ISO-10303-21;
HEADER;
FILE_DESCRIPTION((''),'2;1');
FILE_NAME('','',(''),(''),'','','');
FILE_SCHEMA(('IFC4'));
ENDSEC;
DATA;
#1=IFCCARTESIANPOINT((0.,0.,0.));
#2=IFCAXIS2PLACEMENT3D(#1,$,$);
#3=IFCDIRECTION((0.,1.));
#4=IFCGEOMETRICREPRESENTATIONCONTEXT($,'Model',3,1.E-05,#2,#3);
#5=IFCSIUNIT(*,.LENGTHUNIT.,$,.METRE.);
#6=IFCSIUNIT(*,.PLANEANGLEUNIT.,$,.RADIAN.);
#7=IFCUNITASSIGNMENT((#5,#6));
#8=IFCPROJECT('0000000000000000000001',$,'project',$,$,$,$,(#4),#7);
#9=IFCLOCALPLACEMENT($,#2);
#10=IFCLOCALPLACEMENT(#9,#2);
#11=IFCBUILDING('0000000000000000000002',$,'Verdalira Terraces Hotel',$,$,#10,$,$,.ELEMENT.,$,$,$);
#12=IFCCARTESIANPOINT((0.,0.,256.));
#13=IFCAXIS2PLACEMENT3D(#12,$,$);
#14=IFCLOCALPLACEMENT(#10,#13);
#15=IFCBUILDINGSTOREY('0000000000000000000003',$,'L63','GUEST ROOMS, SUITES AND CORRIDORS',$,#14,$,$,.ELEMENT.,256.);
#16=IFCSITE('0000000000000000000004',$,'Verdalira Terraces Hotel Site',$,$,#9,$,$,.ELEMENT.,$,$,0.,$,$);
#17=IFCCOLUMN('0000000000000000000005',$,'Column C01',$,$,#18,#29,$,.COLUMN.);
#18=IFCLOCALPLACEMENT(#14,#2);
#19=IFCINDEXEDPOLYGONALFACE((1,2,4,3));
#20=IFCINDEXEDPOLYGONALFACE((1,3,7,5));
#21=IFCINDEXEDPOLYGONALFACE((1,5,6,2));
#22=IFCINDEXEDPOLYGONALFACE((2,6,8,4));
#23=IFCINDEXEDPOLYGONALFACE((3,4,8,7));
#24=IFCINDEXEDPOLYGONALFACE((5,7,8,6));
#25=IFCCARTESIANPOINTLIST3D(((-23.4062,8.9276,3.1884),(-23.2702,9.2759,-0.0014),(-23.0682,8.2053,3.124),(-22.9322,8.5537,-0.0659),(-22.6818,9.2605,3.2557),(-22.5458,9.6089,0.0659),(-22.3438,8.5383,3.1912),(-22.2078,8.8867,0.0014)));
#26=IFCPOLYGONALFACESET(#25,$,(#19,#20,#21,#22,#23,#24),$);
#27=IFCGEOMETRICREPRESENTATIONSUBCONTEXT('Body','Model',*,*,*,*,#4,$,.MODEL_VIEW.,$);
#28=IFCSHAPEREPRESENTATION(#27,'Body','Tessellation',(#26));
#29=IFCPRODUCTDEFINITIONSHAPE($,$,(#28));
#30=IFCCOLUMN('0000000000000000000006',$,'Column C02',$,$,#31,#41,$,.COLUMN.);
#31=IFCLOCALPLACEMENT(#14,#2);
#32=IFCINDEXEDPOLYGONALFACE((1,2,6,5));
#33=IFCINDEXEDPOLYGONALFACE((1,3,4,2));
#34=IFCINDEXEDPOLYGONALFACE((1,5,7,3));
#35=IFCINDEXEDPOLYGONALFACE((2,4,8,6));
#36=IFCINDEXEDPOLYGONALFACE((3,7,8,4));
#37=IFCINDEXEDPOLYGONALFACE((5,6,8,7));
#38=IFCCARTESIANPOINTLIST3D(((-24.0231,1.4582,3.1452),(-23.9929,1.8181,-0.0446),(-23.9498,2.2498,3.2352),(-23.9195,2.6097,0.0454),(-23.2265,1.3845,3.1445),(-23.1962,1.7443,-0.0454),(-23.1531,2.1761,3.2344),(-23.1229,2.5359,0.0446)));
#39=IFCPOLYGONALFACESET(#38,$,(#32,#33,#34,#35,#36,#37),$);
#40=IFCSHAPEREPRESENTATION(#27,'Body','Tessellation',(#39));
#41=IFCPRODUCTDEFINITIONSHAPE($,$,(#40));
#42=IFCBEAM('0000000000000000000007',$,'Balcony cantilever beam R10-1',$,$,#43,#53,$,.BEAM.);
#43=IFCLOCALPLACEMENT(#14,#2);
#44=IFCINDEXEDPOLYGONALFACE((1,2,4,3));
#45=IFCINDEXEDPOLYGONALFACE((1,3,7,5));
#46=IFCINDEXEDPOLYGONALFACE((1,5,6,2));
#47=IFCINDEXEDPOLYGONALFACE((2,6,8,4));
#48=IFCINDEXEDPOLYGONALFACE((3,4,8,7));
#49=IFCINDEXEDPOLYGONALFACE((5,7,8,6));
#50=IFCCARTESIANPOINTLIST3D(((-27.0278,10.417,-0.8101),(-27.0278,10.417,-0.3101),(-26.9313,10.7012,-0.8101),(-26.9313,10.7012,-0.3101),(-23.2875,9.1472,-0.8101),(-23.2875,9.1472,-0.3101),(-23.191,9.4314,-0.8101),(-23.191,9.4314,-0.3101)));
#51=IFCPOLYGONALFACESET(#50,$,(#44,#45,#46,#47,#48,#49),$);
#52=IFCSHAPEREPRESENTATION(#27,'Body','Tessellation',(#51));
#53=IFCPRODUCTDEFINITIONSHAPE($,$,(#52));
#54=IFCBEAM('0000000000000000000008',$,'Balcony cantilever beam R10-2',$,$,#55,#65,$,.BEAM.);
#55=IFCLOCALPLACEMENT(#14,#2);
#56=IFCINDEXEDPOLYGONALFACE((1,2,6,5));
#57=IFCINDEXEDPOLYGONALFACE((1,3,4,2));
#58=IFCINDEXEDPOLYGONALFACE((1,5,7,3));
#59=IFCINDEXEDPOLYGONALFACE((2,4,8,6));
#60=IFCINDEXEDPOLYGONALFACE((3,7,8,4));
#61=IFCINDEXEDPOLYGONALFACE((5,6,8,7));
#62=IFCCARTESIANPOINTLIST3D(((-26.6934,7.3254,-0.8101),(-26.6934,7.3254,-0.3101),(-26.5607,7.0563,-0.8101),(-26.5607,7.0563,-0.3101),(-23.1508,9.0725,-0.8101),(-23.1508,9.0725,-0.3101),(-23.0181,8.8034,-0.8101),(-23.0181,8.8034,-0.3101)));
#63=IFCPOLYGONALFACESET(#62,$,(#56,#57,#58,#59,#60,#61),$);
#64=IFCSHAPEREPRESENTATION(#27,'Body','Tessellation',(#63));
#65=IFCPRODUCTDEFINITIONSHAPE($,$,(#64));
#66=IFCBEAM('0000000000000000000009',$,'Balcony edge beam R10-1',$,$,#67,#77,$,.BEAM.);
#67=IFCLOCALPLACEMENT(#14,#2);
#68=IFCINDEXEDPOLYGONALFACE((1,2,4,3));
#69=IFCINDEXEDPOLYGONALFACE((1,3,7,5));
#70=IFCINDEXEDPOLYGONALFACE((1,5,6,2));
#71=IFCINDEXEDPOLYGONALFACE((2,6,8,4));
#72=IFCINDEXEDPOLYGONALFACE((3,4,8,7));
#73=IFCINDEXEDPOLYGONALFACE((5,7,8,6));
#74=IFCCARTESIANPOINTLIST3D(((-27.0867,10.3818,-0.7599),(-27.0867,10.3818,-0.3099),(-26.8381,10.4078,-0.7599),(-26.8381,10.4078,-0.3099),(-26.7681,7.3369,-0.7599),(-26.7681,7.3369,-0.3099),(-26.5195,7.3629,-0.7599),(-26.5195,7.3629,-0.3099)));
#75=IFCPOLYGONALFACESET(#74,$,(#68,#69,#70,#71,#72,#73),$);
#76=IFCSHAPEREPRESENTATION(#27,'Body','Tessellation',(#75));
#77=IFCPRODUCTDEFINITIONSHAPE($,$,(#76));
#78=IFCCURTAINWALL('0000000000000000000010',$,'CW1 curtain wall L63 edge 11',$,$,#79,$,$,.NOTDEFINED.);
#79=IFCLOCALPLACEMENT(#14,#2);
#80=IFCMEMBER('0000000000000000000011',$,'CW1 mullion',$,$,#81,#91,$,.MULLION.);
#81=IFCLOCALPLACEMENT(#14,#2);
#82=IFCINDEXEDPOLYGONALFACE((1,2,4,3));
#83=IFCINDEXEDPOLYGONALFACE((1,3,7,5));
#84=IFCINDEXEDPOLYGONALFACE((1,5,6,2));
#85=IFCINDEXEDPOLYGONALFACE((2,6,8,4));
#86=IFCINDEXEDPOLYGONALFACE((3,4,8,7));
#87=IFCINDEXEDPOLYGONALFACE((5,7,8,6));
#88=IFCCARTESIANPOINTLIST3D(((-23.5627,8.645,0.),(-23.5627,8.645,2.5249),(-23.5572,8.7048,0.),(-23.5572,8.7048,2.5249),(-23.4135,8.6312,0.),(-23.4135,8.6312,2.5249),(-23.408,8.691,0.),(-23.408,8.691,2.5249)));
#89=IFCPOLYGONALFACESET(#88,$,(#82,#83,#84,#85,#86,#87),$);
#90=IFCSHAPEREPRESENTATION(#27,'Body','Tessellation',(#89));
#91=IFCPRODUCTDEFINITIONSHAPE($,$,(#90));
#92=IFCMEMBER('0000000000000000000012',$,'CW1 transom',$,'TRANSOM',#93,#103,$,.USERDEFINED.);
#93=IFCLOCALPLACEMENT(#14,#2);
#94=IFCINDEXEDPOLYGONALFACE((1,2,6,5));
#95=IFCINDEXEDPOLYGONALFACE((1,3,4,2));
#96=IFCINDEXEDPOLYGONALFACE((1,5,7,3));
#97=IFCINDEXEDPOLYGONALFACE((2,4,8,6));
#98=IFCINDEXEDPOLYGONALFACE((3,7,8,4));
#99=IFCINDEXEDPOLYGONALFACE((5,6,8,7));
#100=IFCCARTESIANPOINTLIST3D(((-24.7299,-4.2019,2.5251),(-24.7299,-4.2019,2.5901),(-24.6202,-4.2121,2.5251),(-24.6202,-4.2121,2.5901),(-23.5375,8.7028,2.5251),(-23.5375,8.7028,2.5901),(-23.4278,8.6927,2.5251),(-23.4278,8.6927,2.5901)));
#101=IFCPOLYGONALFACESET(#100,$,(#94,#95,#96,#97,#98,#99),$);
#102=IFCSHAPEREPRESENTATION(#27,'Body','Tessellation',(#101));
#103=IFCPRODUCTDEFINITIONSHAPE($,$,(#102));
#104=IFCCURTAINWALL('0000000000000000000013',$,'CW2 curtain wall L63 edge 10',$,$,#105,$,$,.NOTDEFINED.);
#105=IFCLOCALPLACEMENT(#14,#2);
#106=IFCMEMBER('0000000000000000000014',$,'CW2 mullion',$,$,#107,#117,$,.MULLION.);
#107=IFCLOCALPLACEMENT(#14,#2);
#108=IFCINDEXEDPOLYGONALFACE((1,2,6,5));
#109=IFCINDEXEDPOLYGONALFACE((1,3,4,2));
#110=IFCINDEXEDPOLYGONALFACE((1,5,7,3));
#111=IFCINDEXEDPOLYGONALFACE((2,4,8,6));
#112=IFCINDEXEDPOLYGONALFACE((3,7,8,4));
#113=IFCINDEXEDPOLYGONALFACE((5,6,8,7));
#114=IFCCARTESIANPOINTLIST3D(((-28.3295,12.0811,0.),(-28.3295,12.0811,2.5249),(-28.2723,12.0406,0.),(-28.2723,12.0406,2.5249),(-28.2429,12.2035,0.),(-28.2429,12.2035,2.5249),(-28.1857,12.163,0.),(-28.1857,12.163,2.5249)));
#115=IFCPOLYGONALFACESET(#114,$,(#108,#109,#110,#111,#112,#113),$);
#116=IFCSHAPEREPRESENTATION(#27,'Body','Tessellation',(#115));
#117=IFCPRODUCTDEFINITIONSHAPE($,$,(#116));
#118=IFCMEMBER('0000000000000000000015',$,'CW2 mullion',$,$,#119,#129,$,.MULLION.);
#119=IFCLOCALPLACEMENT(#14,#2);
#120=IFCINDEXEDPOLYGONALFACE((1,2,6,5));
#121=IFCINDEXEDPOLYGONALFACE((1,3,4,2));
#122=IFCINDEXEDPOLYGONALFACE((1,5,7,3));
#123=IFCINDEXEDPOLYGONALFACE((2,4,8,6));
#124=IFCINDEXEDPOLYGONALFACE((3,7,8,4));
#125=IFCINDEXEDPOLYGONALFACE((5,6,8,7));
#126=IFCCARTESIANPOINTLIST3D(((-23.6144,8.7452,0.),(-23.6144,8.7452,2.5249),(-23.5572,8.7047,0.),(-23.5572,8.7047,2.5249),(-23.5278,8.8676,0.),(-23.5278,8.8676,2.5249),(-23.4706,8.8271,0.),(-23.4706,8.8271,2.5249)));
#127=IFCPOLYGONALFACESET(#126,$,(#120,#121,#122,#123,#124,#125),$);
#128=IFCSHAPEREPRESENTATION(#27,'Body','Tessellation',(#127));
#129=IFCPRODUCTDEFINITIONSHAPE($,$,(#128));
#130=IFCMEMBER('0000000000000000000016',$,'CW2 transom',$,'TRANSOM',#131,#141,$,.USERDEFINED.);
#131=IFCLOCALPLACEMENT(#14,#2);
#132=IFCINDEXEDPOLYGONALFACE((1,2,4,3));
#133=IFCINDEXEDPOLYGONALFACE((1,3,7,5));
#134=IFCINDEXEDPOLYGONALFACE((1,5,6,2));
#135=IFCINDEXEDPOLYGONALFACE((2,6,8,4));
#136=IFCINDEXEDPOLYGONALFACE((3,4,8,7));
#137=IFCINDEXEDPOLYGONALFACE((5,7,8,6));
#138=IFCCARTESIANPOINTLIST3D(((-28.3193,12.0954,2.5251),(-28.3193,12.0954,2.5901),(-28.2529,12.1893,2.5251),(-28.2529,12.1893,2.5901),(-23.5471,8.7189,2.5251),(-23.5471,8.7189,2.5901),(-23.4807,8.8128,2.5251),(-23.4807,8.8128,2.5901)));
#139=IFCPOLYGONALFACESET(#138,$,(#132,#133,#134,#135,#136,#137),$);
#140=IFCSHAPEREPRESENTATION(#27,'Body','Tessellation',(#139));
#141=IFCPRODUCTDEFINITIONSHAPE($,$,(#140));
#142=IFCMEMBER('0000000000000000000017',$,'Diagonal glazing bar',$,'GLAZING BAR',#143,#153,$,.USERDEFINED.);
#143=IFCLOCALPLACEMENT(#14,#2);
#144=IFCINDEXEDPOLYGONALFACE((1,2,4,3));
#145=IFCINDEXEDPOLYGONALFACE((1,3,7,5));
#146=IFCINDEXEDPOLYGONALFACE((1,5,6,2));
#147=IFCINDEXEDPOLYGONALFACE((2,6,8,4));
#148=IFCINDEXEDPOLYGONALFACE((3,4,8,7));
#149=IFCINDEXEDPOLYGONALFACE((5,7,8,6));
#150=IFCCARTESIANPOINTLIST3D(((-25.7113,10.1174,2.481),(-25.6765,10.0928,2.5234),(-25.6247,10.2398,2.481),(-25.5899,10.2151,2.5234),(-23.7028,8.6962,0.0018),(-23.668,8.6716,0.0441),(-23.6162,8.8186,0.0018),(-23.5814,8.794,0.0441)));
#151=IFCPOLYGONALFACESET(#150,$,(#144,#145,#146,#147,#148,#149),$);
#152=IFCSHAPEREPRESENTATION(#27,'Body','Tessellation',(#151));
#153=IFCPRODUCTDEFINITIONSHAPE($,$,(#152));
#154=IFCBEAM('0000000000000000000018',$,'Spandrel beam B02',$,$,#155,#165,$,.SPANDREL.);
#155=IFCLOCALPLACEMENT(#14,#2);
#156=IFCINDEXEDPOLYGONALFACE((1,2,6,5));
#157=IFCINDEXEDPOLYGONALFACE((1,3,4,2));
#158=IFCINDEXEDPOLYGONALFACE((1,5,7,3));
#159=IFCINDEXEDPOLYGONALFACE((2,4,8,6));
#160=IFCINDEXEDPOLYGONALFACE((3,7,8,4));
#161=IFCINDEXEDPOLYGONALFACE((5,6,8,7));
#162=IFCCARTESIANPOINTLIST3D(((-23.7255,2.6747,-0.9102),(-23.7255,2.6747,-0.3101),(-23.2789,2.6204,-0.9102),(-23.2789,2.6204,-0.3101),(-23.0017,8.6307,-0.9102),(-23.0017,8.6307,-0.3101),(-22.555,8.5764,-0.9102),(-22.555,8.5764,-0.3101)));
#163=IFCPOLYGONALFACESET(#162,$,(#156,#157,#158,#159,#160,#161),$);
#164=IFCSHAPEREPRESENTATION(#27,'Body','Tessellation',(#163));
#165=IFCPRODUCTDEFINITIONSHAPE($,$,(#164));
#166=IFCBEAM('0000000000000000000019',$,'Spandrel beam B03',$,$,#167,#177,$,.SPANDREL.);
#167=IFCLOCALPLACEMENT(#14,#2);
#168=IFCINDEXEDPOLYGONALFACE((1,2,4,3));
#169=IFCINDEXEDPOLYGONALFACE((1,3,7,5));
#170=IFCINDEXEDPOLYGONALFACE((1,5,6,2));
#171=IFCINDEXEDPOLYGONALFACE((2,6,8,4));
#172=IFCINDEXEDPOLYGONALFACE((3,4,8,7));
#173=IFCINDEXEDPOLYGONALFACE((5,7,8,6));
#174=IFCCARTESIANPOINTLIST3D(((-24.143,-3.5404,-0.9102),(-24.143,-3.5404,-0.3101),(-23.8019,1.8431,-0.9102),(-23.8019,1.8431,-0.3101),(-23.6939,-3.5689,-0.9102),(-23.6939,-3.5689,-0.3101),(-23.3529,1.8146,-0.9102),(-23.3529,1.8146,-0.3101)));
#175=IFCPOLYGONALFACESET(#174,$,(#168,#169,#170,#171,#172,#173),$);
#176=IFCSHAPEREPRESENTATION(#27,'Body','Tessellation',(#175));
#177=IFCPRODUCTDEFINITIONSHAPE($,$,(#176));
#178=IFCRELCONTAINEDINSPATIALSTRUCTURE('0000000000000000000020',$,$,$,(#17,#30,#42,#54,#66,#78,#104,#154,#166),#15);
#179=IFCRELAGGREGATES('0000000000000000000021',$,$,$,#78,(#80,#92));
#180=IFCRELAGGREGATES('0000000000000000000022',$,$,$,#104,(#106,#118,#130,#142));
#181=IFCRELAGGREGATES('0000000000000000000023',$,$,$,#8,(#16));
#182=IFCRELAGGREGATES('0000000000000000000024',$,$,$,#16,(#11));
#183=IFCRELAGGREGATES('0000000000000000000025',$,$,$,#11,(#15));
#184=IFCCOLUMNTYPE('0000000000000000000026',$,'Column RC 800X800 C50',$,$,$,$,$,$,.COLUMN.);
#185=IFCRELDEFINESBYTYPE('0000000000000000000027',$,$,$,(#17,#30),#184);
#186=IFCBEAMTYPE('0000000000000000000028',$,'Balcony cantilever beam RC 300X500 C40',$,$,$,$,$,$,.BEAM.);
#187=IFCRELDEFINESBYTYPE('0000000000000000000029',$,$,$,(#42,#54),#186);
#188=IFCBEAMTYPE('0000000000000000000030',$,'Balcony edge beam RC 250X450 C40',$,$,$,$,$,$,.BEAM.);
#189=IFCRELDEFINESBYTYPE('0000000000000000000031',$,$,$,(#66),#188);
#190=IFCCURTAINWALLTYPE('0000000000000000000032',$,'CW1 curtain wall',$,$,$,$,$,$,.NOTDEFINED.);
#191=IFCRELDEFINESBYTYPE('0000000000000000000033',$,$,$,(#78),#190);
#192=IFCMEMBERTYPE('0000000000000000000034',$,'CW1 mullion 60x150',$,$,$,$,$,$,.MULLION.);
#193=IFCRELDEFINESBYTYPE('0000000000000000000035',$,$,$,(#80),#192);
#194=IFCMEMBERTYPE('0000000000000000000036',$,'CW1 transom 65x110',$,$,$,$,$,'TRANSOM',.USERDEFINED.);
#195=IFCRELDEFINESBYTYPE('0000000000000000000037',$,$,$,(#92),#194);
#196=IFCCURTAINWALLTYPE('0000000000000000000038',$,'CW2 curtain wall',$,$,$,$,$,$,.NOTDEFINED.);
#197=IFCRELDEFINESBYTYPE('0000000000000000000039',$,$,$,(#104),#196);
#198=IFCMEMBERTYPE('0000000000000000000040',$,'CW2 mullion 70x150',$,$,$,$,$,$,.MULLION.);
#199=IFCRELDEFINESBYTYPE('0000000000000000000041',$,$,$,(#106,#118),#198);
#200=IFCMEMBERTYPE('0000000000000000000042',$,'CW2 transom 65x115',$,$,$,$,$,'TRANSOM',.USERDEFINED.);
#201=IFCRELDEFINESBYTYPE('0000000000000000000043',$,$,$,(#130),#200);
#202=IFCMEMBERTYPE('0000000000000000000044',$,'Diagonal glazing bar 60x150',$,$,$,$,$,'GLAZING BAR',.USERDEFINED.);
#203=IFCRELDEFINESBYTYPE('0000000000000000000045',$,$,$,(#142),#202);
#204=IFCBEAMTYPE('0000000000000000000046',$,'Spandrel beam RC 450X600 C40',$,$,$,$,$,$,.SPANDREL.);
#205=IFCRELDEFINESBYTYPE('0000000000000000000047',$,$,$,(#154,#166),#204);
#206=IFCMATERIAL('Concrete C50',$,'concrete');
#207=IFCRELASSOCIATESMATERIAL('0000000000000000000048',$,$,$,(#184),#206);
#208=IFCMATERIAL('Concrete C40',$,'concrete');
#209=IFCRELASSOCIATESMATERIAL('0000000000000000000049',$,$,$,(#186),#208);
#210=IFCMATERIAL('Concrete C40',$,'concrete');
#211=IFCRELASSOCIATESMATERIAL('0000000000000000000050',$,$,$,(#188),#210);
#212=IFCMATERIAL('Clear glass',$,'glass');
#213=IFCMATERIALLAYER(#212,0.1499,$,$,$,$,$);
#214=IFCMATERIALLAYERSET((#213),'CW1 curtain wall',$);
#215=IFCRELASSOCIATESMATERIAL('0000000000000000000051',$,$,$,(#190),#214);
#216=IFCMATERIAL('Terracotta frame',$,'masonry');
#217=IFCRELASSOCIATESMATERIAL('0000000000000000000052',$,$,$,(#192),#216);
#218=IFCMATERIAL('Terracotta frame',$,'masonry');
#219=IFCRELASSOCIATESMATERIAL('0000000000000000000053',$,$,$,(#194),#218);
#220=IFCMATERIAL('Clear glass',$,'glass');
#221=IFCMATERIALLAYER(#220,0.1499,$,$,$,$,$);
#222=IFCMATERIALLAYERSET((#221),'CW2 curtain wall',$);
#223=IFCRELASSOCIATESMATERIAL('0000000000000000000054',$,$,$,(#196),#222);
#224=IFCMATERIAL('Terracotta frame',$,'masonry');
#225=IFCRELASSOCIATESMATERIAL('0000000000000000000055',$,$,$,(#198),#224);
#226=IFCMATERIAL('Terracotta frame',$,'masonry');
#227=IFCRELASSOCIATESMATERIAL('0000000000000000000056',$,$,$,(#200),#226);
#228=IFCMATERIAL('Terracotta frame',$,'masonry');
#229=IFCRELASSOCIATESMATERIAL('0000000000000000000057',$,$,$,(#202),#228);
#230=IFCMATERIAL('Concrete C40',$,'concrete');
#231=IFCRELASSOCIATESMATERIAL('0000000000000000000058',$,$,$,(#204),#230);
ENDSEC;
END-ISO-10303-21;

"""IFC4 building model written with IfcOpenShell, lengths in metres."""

from ifc_helpers import new_model, si_unit, direction, frame, origin, origin_2d, place, context, subcontext, project, spatial, rectangle, extrude, material, layer, layer_set, material_profile, profile_set, type_object, element, aggregate, save


model = new_model("IFC4")

# Units and contexts
model_context = context("Model", 3, precision=1e-05, world=origin(), true_north=direction((0.0, 1.0)))
body_context = subcontext(model_context, "Body", "Model", "MODEL_VIEW")
ifc_project = project(units=[si_unit("LENGTHUNIT", "METRE"), si_unit("PLANEANGLEUNIT", "RADIAN")], contexts=[model_context])

# Site, building, storey
site_placement = place(None, origin())
site = spatial("IfcSite", under=ifc_project, at=site_placement, Name="Verdalira Terraces Hotel Site", CompositionType="ELEMENT", RefElevation=0.0)
building_placement = place(site_placement, origin())
building = spatial("IfcBuilding", under=site, at=building_placement, Name="Verdalira Terraces Hotel", CompositionType="ELEMENT")
storey_placement = place(building_placement, frame((0.0, 0.0, 256.0)))
storey = spatial("IfcBuildingStorey", under=building, at=storey_placement, Name="L63", Description="GUEST ROOMS, SUITES AND CORRIDORS", CompositionType="ELEMENT", Elevation=256.0)

# Columns
ifc_material_1 = material(Name="Concrete C50", Category="concrete")
ifc_material_profile_1 = material_profile(ifc_material_1, rectangle(XDim=0.8, YDim=0.8, at=origin_2d()), Name="RC 800X800")
ifc_profile_set_1 = profile_set([ifc_material_profile_1], Name="Concrete C50")
column_type = type_object("IfcColumnType", Name="Column RC 800X800 C50", PredefinedType="COLUMN", material=ifc_profile_set_1)
column_1_placement = place(storey_placement, frame((-22.739, 9.0813, 0.0), z_axis=(-0.04234, -0.108472, 0.993197), x_axis=(-0.422487, 0.902779, 0.080586)))
element("IfcColumn", 1, at=column_1_placement, inside=storey, type_object=column_type, Name="Column C01", PredefinedType="COLUMN", context=body_context, shape_type="SweptSolid", body=[
    extrude(rectangle(XDim=0.8, YDim=0.8, at=origin_2d()), origin(), (0.0, 0.0, 1.0), 3.2117),
])
column_2_placement = place(storey_placement, frame((-23.5579, 2.177, 0.0), z_axis=(-0.00943, -0.112096, 0.993653), x_axis=(-0.091696, -0.989413, -0.112488)))
element("IfcColumn", 2, at=column_2_placement, inside=storey, type_object=column_type, Name="Column C02", PredefinedType="COLUMN", context=body_context, shape_type="SweptSolid", body=[
    extrude(rectangle(XDim=0.8, YDim=0.8, at=origin_2d()), origin(), (0.0, 0.0, 1.0), 3.2102),
])

# Beams
ifc_material_2 = material(Name="Concrete C40", Category="concrete")
ifc_material_profile_2 = material_profile(ifc_material_2, rectangle(XDim=0.3, YDim=0.5, at=origin_2d()), Name="RC 300X500")
ifc_profile_set_2 = profile_set([ifc_material_profile_2], Name="Concrete C40")
beam_type_1 = type_object("IfcBeamType", Name="Balcony cantilever beam RC 300X500 C40", PredefinedType="BEAM", material=ifc_profile_set_2)
for number, where, z_axis, x_axis, name in (
    (3, (-23.2393, 9.2893, -0.5601), (-0.94692, 0.321471, 0.0), (-0.321471, -0.94692, 0.0), "Balcony cantilever beam R10-1"),
    (4, (-23.0845, 8.938, -0.5601), (-0.896861, -0.442312, 0.0), (0.442312, -0.896861, 0.0), "Balcony cantilever beam R10-2"),
):
    element("IfcBeam", number, at=place(storey_placement, frame(where, z_axis=z_axis, x_axis=x_axis)), inside=storey, type_object=beam_type_1, Name=name, PredefinedType="BEAM", context=body_context, shape_type="SweptSolid", body=[
        extrude(rectangle(XDim=0.3, YDim=0.5, at=origin_2d()), origin(), (0.0, 0.0, 1.0), 3.95),
    ])
ifc_material_3 = material(Name="Concrete C40", Category="concrete")
ifc_material_profile_3 = material_profile(ifc_material_3, rectangle(XDim=0.25, YDim=0.45, at=origin_2d()), Name="RC 250X450")
ifc_profile_set_3 = profile_set([ifc_material_profile_3], Name="Concrete C40")
beam_type_2 = type_object("IfcBeamType", Name="Balcony edge beam RC 250X450 C40", PredefinedType="BEAM", material=ifc_profile_set_3)
beam_1_placement = place(storey_placement, frame((-26.9624, 10.3948, -0.5349), z_axis=(0.104066, -0.99457, 0.0), x_axis=(0.99457, 0.104066, 0.0)))
element("IfcBeam", 5, at=beam_1_placement, inside=storey, type_object=beam_type_2, Name="Balcony edge beam R10-1", PredefinedType="BEAM", context=body_context, shape_type="SweptSolid", body=[
    extrude(rectangle(XDim=0.25, YDim=0.45, at=origin_2d()), origin(), (0.0, 0.0, 1.0), 3.0615),
])

# Curtain walls, members
ifc_material_4 = material(Name="Clear glass", Category="glass")
ifc_layer_1 = layer(ifc_material_4, 0.1499)
ifc_layer_set_1 = layer_set([ifc_layer_1], Name="CW1 curtain wall")
curtain_wall_type_1 = type_object("IfcCurtainWallType", Name="CW1 curtain wall", PredefinedType="NOTDEFINED", material=ifc_layer_set_1)
curtain_wall_1_placement = place(storey_placement, origin())
curtain_wall_1 = element("IfcCurtainWall", 6, at=curtain_wall_1_placement, inside=storey, type_object=curtain_wall_type_1, Name="CW1 curtain wall L63 edge 11", PredefinedType="NOTDEFINED")
ifc_material_5 = material(Name="Terracotta frame", Category="masonry")
ifc_material_profile_4 = material_profile(ifc_material_5, rectangle(XDim=0.0601, YDim=0.1499, at=origin_2d()), Name="MU 60x150")
ifc_profile_set_4 = profile_set([ifc_material_profile_4], Name="Terracotta frame")
member_type_1 = type_object("IfcMemberType", Name="CW1 mullion 60x150", PredefinedType="MULLION", material=ifc_profile_set_4)
member_1_placement = place(storey_placement, frame((-23.4854, 8.668, 0.0), z_axis=(0.0, 0.0, 1.0), x_axis=(-0.092023, -0.995757, 0.0)))
member_1 = element("IfcMember", 7, at=member_1_placement, type_object=member_type_1, Name="CW1 mullion", PredefinedType="MULLION", context=body_context, shape_type="SweptSolid", body=[
    extrude(rectangle(XDim=0.0601, YDim=0.1499, at=origin_2d()), origin(), (0.0, 0.0, 1.0), 2.5249),
])
ifc_material_6 = material(Name="Terracotta frame", Category="masonry")
ifc_material_profile_5 = material_profile(ifc_material_6, rectangle(XDim=0.1101, YDim=0.0649, at=origin_2d()), Name="TR 65x110")
ifc_profile_set_5 = profile_set([ifc_material_profile_5], Name="Terracotta frame")
member_type_2 = type_object("IfcMemberType", Name="CW1 transom 65x110", ElementType="TRANSOM", PredefinedType="USERDEFINED", material=ifc_profile_set_5)
member_2_placement = place(storey_placement, frame((-23.4827, 8.6978, 2.5576), z_axis=(-0.092007, -0.995758, 0.0), x_axis=(0.995758, -0.092007, 0.0)))
member_2 = element("IfcMember", 8, at=member_2_placement, type_object=member_type_2, Name="CW1 transom", ObjectType="TRANSOM", PredefinedType="USERDEFINED", context=body_context, shape_type="SweptSolid", body=[
    extrude(rectangle(XDim=0.1101, YDim=0.0649, at=origin_2d()), origin(), (0.0, 0.0, 1.0), 12.9597),
])
ifc_material_7 = material(Name="Clear glass", Category="glass")
ifc_layer_2 = layer(ifc_material_7, 0.1499)
ifc_layer_set_2 = layer_set([ifc_layer_2], Name="CW2 curtain wall")
curtain_wall_type_2 = type_object("IfcCurtainWallType", Name="CW2 curtain wall", PredefinedType="NOTDEFINED", material=ifc_layer_set_2)
curtain_wall_2_placement = place(storey_placement, origin())
curtain_wall_2 = element("IfcCurtainWall", 9, at=curtain_wall_2_placement, inside=storey, type_object=curtain_wall_type_2, Name="CW2 curtain wall L63 edge 10", PredefinedType="NOTDEFINED")
ifc_material_8 = material(Name="Terracotta frame", Category="masonry")
ifc_material_profile_6 = material_profile(ifc_material_8, rectangle(XDim=0.0701, YDim=0.1499, at=origin_2d()), Name="MU 70x150")
ifc_profile_set_6 = profile_set([ifc_material_profile_6], Name="Terracotta frame")
member_type_3 = type_object("IfcMemberType", Name="CW2 mullion 70x150", PredefinedType="MULLION", material=ifc_profile_set_6)
member_3_placement = place(storey_placement, frame((-28.2576, 12.1221, 0.0), z_axis=(0.0, 0.0, 1.0), x_axis=(0.816339, -0.577573, 0.0)))
member_3 = element("IfcMember", 10, at=member_3_placement, type_object=member_type_3, Name="CW2 mullion", PredefinedType="MULLION", context=body_context, shape_type="SweptSolid", body=[
    extrude(rectangle(XDim=0.0701, YDim=0.1499, at=origin_2d()), origin(), (0.0, 0.0, 1.0), 2.5249),
])
member_4_placement = place(storey_placement, frame((-23.5425, 8.7861, 0.0), z_axis=(0.0, 0.0, 1.0), x_axis=(0.816339, -0.577573, 0.0)))
member_4 = element("IfcMember", 11, at=member_4_placement, type_object=member_type_3, Name="CW2 mullion", PredefinedType="MULLION", context=body_context, shape_type="SweptSolid", body=[
    extrude(rectangle(XDim=0.0701, YDim=0.1499, at=origin_2d()), origin(), (0.0, 0.0, 1.0), 2.5249),
])
ifc_material_9 = material(Name="Terracotta frame", Category="masonry")
ifc_material_profile_7 = material_profile(ifc_material_9, rectangle(XDim=0.115, YDim=0.0649, at=origin_2d()), Name="TR 65x115")
ifc_profile_set_7 = profile_set([ifc_material_profile_7], Name="Terracotta frame")
member_type_4 = type_object("IfcMemberType", Name="CW2 transom 65x115", ElementType="TRANSOM", PredefinedType="USERDEFINED", material=ifc_profile_set_7)
member_5_placement = place(storey_placement, frame((-28.2861, 12.1423, 2.5576), z_axis=(0.816335, -0.577578, 0.0), x_axis=(0.577578, 0.816335, 0.0)))
member_5 = element("IfcMember", 12, at=member_5_placement, type_object=member_type_4, Name="CW2 transom", ObjectType="TRANSOM", PredefinedType="USERDEFINED", context=body_context, shape_type="SweptSolid", body=[
    extrude(rectangle(XDim=0.115, YDim=0.0649, at=origin_2d()), origin(), (0.0, 0.0, 1.0), 5.8459),
])
ifc_material_10 = material(Name="Terracotta frame", Category="masonry")
ifc_material_profile_8 = material_profile(ifc_material_10, rectangle(XDim=0.1499, YDim=0.0601, at=origin_2d()), Name="GB 60x150")
ifc_profile_set_8 = profile_set([ifc_material_profile_8], Name="Terracotta frame")
member_type_5 = type_object("IfcMemberType", Name="Diagonal glazing bar 60x150", ElementType="GLAZING BAR", PredefinedType="USERDEFINED", material=ifc_profile_set_8)
member_6_placement = place(storey_placement, frame((-25.6506, 10.1663, 2.5022), z_axis=(0.575031, -0.406862, -0.70979), x_axis=(0.577591, 0.816327, 0.0)))
member_6 = element("IfcMember", 13, at=member_6_placement, type_object=member_type_5, Name="Diagonal glazing bar", ObjectType="GLAZING BAR", PredefinedType="USERDEFINED", context=body_context, shape_type="SweptSolid", body=[
    extrude(rectangle(XDim=0.1499, YDim=0.0601, at=origin_2d()), origin(), (0.0, 0.0, 1.0), 3.4929),
])

# Beams
ifc_material_11 = material(Name="Concrete C40", Category="concrete")
ifc_material_profile_9 = material_profile(ifc_material_11, rectangle(XDim=0.45, YDim=0.6001, at=origin_2d()), Name="RC 450X600")
ifc_profile_set_9 = profile_set([ifc_material_profile_9], Name="Concrete C40")
beam_type_3 = type_object("IfcBeamType", Name="Spandrel beam RC 450X600 C40", PredefinedType="SPANDREL", material=ifc_profile_set_9)
beam_2_placement = place(storey_placement, frame((-22.7783, 8.6035, -0.6101), z_axis=(-0.120653, -0.992695, 0.0), x_axis=(0.992695, -0.120653, 0.0)))
element("IfcBeam", 14, at=beam_2_placement, inside=storey, type_object=beam_type_3, Name="Spandrel beam B02", PredefinedType="SPANDREL", context=body_context, shape_type="SweptSolid", body=[
    extrude(rectangle(XDim=0.45, YDim=0.6001, at=origin_2d()), origin(), (0.0, 0.0, 1.0), 5.9998),
])
beam_3_placement = place(storey_placement, frame((-23.5774, 1.8289, -0.6101), z_axis=(-0.063226, -0.997999, 0.0), x_axis=(0.997999, -0.063226, 0.0)))
element("IfcBeam", 15, at=beam_3_placement, inside=storey, type_object=beam_type_3, Name="Spandrel beam B03", PredefinedType="SPANDREL", context=body_context, shape_type="SweptSolid", body=[
    extrude(rectangle(XDim=0.45, YDim=0.6001, at=origin_2d()), origin(), (0.0, 0.0, 1.0), 5.3943),
])

aggregate(curtain_wall_1, [member_1, member_2])
aggregate(curtain_wall_2, [member_3, member_4, member_5, member_6])

save(model, "model.ifc")
